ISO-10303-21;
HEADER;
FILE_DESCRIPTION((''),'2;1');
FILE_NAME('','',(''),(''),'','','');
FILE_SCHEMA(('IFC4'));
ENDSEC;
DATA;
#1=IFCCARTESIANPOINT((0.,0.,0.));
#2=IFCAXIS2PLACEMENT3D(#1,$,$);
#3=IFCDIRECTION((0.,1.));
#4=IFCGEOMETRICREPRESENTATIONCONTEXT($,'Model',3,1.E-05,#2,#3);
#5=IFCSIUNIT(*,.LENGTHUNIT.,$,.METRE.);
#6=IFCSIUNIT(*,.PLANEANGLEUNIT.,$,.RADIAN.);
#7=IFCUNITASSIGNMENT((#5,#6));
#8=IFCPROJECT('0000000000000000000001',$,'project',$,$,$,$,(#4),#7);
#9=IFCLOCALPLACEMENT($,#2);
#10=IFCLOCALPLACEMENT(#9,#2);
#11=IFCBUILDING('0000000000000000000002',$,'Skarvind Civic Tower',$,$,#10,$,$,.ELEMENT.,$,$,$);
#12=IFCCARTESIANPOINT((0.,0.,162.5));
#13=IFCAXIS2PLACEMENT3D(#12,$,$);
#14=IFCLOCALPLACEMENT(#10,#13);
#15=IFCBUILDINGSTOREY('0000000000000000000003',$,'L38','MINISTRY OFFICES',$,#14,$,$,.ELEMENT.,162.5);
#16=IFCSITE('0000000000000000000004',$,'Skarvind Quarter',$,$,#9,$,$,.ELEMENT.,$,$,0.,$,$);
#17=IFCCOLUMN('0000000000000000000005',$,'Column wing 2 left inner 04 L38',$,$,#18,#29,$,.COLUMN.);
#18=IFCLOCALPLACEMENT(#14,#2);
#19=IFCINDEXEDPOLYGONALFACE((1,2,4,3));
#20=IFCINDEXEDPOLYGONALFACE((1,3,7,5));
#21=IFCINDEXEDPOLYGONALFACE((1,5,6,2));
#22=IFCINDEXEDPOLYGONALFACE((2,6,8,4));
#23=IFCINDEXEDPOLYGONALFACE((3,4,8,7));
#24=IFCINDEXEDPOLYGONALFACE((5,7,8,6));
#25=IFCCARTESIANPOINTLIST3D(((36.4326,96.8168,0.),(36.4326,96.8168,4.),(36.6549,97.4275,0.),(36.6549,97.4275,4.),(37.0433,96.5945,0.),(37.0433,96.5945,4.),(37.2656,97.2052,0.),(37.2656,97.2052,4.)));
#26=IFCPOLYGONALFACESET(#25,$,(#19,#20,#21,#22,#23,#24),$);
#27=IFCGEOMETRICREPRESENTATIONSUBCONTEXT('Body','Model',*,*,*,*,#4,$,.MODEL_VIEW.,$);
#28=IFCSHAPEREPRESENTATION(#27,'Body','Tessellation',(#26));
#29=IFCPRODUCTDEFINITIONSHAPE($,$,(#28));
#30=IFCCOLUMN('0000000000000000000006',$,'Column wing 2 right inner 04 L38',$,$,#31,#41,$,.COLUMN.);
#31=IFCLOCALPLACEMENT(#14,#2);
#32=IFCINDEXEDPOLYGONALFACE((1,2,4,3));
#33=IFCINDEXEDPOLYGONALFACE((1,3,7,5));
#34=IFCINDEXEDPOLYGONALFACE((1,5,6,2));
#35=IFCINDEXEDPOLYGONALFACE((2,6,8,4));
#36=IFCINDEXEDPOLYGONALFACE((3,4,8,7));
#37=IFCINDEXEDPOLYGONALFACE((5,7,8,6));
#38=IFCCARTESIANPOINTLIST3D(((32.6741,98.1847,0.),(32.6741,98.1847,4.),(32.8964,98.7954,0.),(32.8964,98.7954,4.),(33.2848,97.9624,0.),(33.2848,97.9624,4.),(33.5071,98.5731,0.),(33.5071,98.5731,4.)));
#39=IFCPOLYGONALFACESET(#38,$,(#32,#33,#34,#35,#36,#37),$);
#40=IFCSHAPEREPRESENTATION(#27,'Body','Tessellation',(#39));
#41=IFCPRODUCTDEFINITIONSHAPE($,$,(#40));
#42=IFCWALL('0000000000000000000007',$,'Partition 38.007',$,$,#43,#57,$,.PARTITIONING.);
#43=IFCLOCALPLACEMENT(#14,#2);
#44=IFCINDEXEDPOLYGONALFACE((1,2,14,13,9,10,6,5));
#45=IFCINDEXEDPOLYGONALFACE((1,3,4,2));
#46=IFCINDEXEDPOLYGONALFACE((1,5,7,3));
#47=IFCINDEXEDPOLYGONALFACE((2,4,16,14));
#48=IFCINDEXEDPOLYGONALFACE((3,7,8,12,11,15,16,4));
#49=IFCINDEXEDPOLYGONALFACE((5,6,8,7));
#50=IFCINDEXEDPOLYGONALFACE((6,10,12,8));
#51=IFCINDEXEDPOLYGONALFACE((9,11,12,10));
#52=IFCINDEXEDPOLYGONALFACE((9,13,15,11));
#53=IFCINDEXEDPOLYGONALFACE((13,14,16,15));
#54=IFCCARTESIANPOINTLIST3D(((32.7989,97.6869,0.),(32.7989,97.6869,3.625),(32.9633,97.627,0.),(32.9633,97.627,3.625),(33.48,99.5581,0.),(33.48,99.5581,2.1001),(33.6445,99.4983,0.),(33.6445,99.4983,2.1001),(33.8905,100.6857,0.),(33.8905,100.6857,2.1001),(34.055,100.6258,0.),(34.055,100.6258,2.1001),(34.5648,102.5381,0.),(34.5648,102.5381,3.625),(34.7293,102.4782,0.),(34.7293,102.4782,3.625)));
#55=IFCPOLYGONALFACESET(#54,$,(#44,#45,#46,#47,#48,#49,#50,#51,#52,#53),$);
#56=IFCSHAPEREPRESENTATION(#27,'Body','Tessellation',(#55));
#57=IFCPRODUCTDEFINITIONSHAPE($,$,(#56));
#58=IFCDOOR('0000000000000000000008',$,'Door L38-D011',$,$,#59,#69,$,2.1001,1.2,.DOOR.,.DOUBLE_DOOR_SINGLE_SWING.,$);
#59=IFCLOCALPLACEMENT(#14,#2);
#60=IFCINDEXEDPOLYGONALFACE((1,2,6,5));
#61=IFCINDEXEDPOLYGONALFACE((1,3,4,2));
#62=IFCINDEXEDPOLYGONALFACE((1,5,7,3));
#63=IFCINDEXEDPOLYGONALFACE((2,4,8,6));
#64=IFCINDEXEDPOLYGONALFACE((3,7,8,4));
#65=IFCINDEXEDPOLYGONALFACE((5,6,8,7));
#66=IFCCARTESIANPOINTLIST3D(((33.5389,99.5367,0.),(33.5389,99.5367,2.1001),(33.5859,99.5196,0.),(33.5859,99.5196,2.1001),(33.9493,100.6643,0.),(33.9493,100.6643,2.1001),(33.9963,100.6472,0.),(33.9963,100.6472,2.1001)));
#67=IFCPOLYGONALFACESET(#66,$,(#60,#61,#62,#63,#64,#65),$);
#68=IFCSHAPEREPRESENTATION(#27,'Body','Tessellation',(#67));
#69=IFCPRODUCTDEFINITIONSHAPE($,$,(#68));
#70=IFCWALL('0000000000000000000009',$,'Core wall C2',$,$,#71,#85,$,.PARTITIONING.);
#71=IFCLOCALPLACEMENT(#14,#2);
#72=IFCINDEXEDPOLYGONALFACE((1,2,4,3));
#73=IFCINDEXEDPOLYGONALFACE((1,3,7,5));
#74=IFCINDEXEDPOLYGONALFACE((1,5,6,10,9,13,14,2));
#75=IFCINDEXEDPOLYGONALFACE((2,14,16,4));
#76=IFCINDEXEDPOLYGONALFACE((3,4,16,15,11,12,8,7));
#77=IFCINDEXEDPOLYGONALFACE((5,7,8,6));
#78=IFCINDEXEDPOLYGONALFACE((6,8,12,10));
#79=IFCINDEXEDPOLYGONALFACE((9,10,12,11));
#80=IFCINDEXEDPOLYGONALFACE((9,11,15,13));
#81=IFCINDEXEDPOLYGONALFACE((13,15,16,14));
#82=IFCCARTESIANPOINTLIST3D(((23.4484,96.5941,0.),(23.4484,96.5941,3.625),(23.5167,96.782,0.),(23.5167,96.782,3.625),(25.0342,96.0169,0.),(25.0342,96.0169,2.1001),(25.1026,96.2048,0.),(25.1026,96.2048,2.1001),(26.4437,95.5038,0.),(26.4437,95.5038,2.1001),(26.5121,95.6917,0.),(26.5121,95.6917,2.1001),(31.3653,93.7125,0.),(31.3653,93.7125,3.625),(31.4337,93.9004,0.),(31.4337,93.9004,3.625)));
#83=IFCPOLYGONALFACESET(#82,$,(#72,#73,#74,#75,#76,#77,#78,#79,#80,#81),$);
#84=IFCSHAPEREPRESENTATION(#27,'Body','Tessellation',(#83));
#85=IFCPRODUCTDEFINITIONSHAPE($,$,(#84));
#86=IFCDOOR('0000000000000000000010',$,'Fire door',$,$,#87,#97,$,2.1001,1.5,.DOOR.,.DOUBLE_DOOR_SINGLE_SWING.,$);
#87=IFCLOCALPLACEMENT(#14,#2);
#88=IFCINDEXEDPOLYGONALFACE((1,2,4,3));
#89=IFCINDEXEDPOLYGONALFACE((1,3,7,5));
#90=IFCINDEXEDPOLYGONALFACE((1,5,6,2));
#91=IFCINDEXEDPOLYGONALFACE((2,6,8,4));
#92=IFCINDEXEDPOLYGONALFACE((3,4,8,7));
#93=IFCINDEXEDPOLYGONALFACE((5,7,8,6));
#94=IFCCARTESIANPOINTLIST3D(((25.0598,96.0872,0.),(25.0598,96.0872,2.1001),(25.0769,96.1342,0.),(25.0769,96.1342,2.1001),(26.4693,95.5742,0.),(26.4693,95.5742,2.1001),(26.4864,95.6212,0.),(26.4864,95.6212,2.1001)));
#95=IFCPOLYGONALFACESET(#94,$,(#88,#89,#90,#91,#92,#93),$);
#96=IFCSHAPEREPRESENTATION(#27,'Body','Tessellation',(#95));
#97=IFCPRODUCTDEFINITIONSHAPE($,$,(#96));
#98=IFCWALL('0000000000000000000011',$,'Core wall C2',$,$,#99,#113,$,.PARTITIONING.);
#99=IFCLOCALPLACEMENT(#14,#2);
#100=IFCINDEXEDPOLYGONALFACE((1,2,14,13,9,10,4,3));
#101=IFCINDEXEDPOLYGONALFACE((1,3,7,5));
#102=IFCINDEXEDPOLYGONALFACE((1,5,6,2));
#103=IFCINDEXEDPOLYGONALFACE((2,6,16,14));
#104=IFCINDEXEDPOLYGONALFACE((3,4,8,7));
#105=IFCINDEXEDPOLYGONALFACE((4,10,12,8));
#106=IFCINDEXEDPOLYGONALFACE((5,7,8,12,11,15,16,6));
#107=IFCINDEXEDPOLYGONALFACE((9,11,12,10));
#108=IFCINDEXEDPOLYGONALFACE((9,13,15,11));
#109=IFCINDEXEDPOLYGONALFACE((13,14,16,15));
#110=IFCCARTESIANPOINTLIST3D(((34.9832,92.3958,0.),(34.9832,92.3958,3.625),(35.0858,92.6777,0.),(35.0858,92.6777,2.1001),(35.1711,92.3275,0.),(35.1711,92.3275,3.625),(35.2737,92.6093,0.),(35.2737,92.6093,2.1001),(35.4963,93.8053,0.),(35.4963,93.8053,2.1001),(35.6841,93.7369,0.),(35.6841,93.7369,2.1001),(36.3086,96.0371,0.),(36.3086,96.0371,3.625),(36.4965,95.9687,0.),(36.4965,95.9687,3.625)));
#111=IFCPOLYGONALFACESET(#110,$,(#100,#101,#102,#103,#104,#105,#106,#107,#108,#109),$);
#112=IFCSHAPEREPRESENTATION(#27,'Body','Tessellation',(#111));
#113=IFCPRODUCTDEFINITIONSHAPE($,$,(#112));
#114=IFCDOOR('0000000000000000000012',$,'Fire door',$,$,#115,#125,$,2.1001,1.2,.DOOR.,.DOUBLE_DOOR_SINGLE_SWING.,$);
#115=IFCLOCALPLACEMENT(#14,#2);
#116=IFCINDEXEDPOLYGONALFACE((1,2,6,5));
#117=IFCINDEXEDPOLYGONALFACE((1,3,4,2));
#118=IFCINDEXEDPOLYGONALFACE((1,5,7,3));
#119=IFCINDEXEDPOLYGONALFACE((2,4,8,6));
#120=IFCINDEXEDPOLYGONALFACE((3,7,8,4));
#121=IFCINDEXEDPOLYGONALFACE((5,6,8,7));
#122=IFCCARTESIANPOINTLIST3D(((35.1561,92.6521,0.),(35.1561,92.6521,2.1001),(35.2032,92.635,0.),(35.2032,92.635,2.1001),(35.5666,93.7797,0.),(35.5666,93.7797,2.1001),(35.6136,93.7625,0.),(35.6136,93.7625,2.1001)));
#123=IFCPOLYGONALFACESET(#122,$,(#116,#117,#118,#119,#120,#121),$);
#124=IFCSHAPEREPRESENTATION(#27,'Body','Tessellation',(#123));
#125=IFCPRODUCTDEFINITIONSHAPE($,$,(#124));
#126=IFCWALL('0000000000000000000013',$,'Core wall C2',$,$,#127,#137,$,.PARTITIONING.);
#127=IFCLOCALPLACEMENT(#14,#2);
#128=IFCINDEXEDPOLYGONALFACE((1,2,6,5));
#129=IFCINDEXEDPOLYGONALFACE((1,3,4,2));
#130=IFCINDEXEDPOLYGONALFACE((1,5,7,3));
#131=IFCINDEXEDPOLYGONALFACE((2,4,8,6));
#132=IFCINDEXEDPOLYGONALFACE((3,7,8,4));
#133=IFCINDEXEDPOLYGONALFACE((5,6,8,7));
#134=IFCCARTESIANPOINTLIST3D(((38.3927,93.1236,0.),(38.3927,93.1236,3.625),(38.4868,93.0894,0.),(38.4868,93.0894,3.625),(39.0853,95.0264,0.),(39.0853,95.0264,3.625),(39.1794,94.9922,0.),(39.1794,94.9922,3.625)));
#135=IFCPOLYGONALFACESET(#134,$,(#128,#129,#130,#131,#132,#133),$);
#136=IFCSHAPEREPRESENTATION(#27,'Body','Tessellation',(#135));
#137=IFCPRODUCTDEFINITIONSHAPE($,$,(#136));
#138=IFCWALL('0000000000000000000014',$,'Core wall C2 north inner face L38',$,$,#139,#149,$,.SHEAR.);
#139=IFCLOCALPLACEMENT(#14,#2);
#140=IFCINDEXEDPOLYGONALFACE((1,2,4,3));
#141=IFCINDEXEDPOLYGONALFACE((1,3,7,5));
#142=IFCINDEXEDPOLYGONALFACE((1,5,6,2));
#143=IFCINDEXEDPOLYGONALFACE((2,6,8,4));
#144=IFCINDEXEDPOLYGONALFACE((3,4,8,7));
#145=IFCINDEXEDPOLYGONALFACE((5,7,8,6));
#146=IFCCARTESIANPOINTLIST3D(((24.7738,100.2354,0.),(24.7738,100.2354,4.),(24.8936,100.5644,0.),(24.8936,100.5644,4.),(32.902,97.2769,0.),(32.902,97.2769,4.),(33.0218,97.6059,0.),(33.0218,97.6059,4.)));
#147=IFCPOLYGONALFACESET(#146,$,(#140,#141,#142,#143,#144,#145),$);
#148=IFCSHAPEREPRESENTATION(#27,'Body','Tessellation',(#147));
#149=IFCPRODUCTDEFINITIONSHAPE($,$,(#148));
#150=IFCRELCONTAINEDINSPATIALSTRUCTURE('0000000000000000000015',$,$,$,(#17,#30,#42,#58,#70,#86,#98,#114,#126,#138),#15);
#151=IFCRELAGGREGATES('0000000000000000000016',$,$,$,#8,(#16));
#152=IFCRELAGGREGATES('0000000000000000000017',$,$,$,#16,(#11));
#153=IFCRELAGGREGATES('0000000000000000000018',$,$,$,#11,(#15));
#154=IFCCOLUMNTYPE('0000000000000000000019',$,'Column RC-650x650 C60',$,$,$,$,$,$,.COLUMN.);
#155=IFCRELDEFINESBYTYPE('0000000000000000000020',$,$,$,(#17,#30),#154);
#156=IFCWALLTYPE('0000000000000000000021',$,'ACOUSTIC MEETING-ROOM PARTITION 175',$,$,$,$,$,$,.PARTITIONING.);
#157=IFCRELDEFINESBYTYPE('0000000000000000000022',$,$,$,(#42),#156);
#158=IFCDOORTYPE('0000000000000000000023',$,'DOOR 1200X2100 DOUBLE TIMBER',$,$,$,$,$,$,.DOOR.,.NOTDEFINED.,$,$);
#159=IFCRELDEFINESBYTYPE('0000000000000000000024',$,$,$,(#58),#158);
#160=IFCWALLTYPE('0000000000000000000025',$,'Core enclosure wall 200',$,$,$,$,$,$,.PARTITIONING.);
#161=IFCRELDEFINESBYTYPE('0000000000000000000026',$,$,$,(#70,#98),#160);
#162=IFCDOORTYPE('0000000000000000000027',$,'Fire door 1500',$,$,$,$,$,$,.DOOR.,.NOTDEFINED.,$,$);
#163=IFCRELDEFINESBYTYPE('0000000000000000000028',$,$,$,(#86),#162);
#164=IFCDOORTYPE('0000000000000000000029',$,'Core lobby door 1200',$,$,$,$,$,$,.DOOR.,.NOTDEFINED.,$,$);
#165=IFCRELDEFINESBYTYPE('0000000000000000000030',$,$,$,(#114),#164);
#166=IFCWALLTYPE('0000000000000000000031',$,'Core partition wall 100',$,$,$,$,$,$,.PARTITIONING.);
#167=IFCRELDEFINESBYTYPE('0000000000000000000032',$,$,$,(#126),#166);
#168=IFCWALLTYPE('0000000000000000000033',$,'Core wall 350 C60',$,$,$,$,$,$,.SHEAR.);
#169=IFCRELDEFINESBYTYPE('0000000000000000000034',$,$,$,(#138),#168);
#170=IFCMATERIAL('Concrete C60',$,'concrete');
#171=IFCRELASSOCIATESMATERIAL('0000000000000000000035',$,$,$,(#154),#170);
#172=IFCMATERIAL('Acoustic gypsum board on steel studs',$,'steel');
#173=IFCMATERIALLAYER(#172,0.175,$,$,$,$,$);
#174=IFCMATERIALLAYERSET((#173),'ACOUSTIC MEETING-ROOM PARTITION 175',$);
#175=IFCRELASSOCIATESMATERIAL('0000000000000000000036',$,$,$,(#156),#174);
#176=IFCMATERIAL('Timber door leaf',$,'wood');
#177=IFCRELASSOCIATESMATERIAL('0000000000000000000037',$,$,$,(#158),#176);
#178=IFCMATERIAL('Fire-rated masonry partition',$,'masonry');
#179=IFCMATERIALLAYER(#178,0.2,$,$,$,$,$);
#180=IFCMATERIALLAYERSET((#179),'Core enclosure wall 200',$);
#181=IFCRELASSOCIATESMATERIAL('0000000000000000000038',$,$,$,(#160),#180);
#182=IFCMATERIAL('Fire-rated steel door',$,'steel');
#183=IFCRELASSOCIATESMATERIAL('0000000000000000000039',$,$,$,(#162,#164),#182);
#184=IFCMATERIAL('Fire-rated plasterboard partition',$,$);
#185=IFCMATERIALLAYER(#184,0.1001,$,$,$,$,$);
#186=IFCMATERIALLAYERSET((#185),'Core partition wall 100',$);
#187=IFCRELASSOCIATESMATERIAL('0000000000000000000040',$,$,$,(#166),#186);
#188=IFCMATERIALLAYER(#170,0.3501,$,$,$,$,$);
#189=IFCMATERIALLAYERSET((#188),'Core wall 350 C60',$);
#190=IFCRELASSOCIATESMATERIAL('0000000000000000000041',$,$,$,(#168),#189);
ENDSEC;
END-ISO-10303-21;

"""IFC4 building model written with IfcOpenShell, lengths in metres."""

from ifc_helpers import new_model, si_unit, direction, frame, frame_2d, origin, origin_2d, place, context, subcontext, project, spatial, rectangle, extrude, material, layer, layer_set, material_profile, profile_set, type_object, element, fill, save


model = new_model("IFC4")

# Units and contexts
model_context = context("Model", 3, precision=1e-05, world=origin(), true_north=direction((0.0, 1.0)))
body_context = subcontext(model_context, "Body", "Model", "MODEL_VIEW")
ifc_project = project(units=[si_unit("LENGTHUNIT", "METRE"), si_unit("PLANEANGLEUNIT", "RADIAN")], contexts=[model_context])

# Site, building, storey
site_placement = place(None, origin())
site = spatial("IfcSite", under=ifc_project, at=site_placement, Name="Skarvind Quarter", CompositionType="ELEMENT", RefElevation=0.0)
building_placement = place(site_placement, origin())
building = spatial("IfcBuilding", under=site, at=building_placement, Name="Skarvind Civic Tower", CompositionType="ELEMENT")
storey_placement = place(building_placement, frame((0.0, 0.0, 162.5)))
storey = spatial("IfcBuildingStorey", under=building, at=storey_placement, Name="L38", Description="MINISTRY OFFICES", CompositionType="ELEMENT", Elevation=162.5)

# Columns
ifc_material_1 = material(Name="Concrete C60", Category="concrete")
ifc_material_profile = material_profile(ifc_material_1, rectangle(XDim=0.6499, YDim=0.6499, at=origin_2d()), Name="RC-650x650")
ifc_profile_set = profile_set([ifc_material_profile], Name="Concrete C60")
column_type = type_object("IfcColumnType", Name="Column RC-650x650 C60", PredefinedType="COLUMN", material=ifc_profile_set)
for number, where, z_axis, x_axis, name in (
    (1, (36.8491, 97.011, 0.0), (0.0, 0.0, 1.0), (-0.34202, -0.939693, 0.0), "Column wing 2 left inner 04 L38"),
    (2, (33.0906, 98.3789, 0.0), (0.0, 0.0, 1.0), (-0.34202, -0.939693, 0.0), "Column wing 2 right inner 04 L38"),
):
    element("IfcColumn", number, at=place(storey_placement, frame(where, z_axis=z_axis, x_axis=x_axis)), inside=storey, type_object=column_type, Name=name, PredefinedType="COLUMN", context=body_context, shape_type="SweptSolid", body=[
        extrude(rectangle(XDim=0.6499, YDim=0.6499, at=origin_2d()), origin(), (0.0, 0.0, 1.0), 4.0),
    ])

# Walls, openings, doors
ifc_material_2 = material(Name="Acoustic gypsum board on steel studs", Category="steel")
ifc_layer_1 = layer(ifc_material_2, 0.175)
ifc_layer_set_1 = layer_set([ifc_layer_1], Name="ACOUSTIC MEETING-ROOM PARTITION 175")
wall_type_1 = type_object("IfcWallType", Name="ACOUSTIC MEETING-ROOM PARTITION 175", PredefinedType="PARTITIONING", material=ifc_layer_set_1)
wall_1_placement = place(storey_placement, frame((32.8811, 97.657, 0.0), z_axis=(0.0, 0.0, 1.0), x_axis=(0.342058, 0.939679, 0.0)))
wall_1 = element("IfcWall", 3, at=wall_1_placement, inside=storey, type_object=wall_type_1, Name="Partition 38.007", PredefinedType="PARTITIONING", context=body_context, shape_type="SweptSolid", body=[
    extrude(rectangle(XDim=5.1626, YDim=0.175, at=frame_2d((2.5813, 0.0))), origin(), (0.0, 0.0, 1.0), 3.625),
])
opening_1_placement = place(wall_1_placement, frame((1.9912, 0.0, 0.0)))
opening_1 = element("IfcOpeningElement", 4, at=opening_1_placement, cuts=wall_1, PredefinedType="OPENING", context=body_context, shape_type="SweptSolid", body=[
    extrude(rectangle(XDim=1.2, YDim=2.1001, at=frame_2d((0.6001, 1.05))), frame((0.0, 0.0974, 0.0), z_axis=(0.0, -1.0, 0.0), x_axis=(1.0, 0.0, 0.0)), (0.0, 0.0, 1.0), 0.1951),
])
ifc_material_3 = material(Name="Timber door leaf", Category="wood")
door_type_1 = type_object("IfcDoorType", Name="DOOR 1200X2100 DOUBLE TIMBER", OperationType="NOTDEFINED", PredefinedType="DOOR", material=ifc_material_3)
door_1_placement = place(opening_1_placement, origin())
door_1 = element("IfcDoor", 5, at=door_1_placement, inside=storey, type_object=door_type_1, Name="Door L38-D011", OperationType="DOUBLE_DOOR_SINGLE_SWING", OverallHeight=2.1001, OverallWidth=1.2, PredefinedType="DOOR", context=body_context, shape_type="SweptSolid", body=[
    extrude(rectangle(XDim=1.2, YDim=2.1001, at=frame_2d((0.6001, 1.05))), frame((0.0, 0.0249, 0.0), z_axis=(0.0, -1.0, 0.0), x_axis=(1.0, 0.0, 0.0)), (0.0, 0.0, 1.0), 0.05),
])
fill(opening_1, door_1)
ifc_material_4 = material(Name="Fire-rated masonry partition", Category="masonry")
ifc_layer_2 = layer(ifc_material_4, 0.2)
ifc_layer_set_2 = layer_set([ifc_layer_2], Name="Core enclosure wall 200")
wall_type_2 = type_object("IfcWallType", Name="Core enclosure wall 200", PredefinedType="PARTITIONING", material=ifc_layer_set_2)
wall_2_placement = place(storey_placement, frame((23.4827, 96.688, 0.0), z_axis=(0.0, 0.0, 1.0), x_axis=(0.939691, -0.342025, 0.0)))
wall_2 = element("IfcWall", 6, at=wall_2_placement, inside=storey, type_object=wall_type_2, Name="Core wall C2", PredefinedType="PARTITIONING", context=body_context, shape_type="SweptSolid", body=[
    extrude(rectangle(XDim=8.425, YDim=0.2, at=frame_2d((4.2124, 0.0))), origin(), (0.0, 0.0, 1.0), 3.625),
])
opening_2_placement = place(wall_2_placement, frame((1.6875, 0.0, 0.0)))
opening_2 = element("IfcOpeningElement", 7, at=opening_2_placement, cuts=wall_2, PredefinedType="OPENING", context=body_context, shape_type="SweptSolid", body=[
    extrude(rectangle(XDim=1.5, YDim=2.1001, at=frame_2d((0.75, 1.05))), frame((0.0, 0.1099, 0.0), z_axis=(0.0, -1.0, 0.0), x_axis=(1.0, 0.0, 0.0)), (0.0, 0.0, 1.0), 0.22),
])
ifc_material_5 = material(Name="Fire-rated steel door", Category="steel")
door_type_2 = type_object("IfcDoorType", Name="Fire door 1500", OperationType="NOTDEFINED", PredefinedType="DOOR", material=ifc_material_5)
door_2_placement = place(opening_2_placement, origin())
door_2 = element("IfcDoor", 8, at=door_2_placement, inside=storey, type_object=door_type_2, Name="Fire door", OperationType="DOUBLE_DOOR_SINGLE_SWING", OverallHeight=2.1001, OverallWidth=1.5, PredefinedType="DOOR", context=body_context, shape_type="SweptSolid", body=[
    extrude(rectangle(XDim=1.5, YDim=2.1001, at=frame_2d((0.75, 1.05))), frame((0.0, 0.0249, 0.0), z_axis=(0.0, -1.0, 0.0), x_axis=(1.0, 0.0, 0.0)), (0.0, 0.0, 1.0), 0.05),
])
fill(opening_2, door_2)
wall_3_placement = place(storey_placement, frame((36.4026, 96.0029, 0.0), z_axis=(0.0, 0.0, 1.0), x_axis=(-0.342042, -0.939685, 0.0)))
wall_3 = element("IfcWall", 9, at=wall_3_placement, inside=storey, type_object=wall_type_2, Name="Core wall C2", PredefinedType="PARTITIONING", context=body_context, shape_type="SweptSolid", body=[
    extrude(rectangle(XDim=3.875, YDim=0.2, at=frame_2d((1.9375, 0.0))), origin(), (0.0, 0.0, 1.0), 3.625),
])
opening_3_placement = place(wall_3_placement, frame((2.375, 0.0, 0.0)))
opening_3 = element("IfcOpeningElement", 10, at=opening_3_placement, cuts=wall_3, PredefinedType="OPENING", context=body_context, shape_type="SweptSolid", body=[
    extrude(rectangle(XDim=1.2, YDim=2.1001, at=frame_2d((0.6001, 1.05))), frame((0.0, 0.1099, 0.0), z_axis=(0.0, -1.0, 0.0), x_axis=(1.0, 0.0, 0.0)), (0.0, 0.0, 1.0), 0.22),
])
door_type_3 = type_object("IfcDoorType", Name="Core lobby door 1200", OperationType="NOTDEFINED", PredefinedType="DOOR", material=ifc_material_5)
door_3_placement = place(opening_3_placement, origin())
door_3 = element("IfcDoor", 11, at=door_3_placement, inside=storey, type_object=door_type_3, Name="Fire door", OperationType="DOUBLE_DOOR_SINGLE_SWING", OverallHeight=2.1001, OverallWidth=1.2, PredefinedType="DOOR", context=body_context, shape_type="SweptSolid", body=[
    extrude(rectangle(XDim=1.2, YDim=2.1001, at=frame_2d((0.6001, 1.05))), frame((0.0, 0.0249, 0.0), z_axis=(0.0, -1.0, 0.0), x_axis=(1.0, 0.0, 0.0)), (0.0, 0.0, 1.0), 0.05),
])
fill(opening_3, door_3)

# Walls
ifc_material_6 = material(Name="Fire-rated plasterboard partition")
ifc_layer_3 = layer(ifc_material_6, 0.1001)
ifc_layer_set_3 = layer_set([ifc_layer_3], Name="Core partition wall 100")
wall_type_3 = type_object("IfcWallType", Name="Core partition wall 100", PredefinedType="PARTITIONING", material=ifc_layer_set_3)
wall_4_placement = place(storey_placement, frame((39.1323, 95.0093, 0.0), z_axis=(0.0, 0.0, 1.0), x_axis=(-0.342043, -0.939684, 0.0)))
element("IfcWall", 12, at=wall_4_placement, inside=storey, type_object=wall_type_3, Name="Core wall C2", PredefinedType="PARTITIONING", context=body_context, shape_type="SweptSolid", body=[
    extrude(rectangle(XDim=2.0249, YDim=0.1001, at=frame_2d((1.0125, 0.0))), origin(), (0.0, 0.0, 1.0), 3.625),
])
ifc_layer_4 = layer(ifc_material_1, 0.3501)
ifc_layer_set_4 = layer_set([ifc_layer_4], Name="Core wall 350 C60")
wall_type_4 = type_object("IfcWallType", Name="Core wall 350 C60", PredefinedType="SHEAR", material=ifc_layer_set_4)
wall_5_placement = place(storey_placement, frame((32.9619, 97.4414, 0.0), z_axis=(0.0, 0.0, 1.0), x_axis=(-0.93969, 0.342029, 0.0)))
element("IfcWall", 13, at=wall_5_placement, inside=storey, type_object=wall_type_4, Name="Core wall C2 north inner face L38", PredefinedType="SHEAR", context=body_context, shape_type="SweptSolid", body=[
    extrude(rectangle(XDim=8.6499, YDim=0.3501, at=frame_2d((4.325, 0.0))), origin(), (0.0, 0.0, 1.0), 4.0),
])

save(model, "model.ifc")
